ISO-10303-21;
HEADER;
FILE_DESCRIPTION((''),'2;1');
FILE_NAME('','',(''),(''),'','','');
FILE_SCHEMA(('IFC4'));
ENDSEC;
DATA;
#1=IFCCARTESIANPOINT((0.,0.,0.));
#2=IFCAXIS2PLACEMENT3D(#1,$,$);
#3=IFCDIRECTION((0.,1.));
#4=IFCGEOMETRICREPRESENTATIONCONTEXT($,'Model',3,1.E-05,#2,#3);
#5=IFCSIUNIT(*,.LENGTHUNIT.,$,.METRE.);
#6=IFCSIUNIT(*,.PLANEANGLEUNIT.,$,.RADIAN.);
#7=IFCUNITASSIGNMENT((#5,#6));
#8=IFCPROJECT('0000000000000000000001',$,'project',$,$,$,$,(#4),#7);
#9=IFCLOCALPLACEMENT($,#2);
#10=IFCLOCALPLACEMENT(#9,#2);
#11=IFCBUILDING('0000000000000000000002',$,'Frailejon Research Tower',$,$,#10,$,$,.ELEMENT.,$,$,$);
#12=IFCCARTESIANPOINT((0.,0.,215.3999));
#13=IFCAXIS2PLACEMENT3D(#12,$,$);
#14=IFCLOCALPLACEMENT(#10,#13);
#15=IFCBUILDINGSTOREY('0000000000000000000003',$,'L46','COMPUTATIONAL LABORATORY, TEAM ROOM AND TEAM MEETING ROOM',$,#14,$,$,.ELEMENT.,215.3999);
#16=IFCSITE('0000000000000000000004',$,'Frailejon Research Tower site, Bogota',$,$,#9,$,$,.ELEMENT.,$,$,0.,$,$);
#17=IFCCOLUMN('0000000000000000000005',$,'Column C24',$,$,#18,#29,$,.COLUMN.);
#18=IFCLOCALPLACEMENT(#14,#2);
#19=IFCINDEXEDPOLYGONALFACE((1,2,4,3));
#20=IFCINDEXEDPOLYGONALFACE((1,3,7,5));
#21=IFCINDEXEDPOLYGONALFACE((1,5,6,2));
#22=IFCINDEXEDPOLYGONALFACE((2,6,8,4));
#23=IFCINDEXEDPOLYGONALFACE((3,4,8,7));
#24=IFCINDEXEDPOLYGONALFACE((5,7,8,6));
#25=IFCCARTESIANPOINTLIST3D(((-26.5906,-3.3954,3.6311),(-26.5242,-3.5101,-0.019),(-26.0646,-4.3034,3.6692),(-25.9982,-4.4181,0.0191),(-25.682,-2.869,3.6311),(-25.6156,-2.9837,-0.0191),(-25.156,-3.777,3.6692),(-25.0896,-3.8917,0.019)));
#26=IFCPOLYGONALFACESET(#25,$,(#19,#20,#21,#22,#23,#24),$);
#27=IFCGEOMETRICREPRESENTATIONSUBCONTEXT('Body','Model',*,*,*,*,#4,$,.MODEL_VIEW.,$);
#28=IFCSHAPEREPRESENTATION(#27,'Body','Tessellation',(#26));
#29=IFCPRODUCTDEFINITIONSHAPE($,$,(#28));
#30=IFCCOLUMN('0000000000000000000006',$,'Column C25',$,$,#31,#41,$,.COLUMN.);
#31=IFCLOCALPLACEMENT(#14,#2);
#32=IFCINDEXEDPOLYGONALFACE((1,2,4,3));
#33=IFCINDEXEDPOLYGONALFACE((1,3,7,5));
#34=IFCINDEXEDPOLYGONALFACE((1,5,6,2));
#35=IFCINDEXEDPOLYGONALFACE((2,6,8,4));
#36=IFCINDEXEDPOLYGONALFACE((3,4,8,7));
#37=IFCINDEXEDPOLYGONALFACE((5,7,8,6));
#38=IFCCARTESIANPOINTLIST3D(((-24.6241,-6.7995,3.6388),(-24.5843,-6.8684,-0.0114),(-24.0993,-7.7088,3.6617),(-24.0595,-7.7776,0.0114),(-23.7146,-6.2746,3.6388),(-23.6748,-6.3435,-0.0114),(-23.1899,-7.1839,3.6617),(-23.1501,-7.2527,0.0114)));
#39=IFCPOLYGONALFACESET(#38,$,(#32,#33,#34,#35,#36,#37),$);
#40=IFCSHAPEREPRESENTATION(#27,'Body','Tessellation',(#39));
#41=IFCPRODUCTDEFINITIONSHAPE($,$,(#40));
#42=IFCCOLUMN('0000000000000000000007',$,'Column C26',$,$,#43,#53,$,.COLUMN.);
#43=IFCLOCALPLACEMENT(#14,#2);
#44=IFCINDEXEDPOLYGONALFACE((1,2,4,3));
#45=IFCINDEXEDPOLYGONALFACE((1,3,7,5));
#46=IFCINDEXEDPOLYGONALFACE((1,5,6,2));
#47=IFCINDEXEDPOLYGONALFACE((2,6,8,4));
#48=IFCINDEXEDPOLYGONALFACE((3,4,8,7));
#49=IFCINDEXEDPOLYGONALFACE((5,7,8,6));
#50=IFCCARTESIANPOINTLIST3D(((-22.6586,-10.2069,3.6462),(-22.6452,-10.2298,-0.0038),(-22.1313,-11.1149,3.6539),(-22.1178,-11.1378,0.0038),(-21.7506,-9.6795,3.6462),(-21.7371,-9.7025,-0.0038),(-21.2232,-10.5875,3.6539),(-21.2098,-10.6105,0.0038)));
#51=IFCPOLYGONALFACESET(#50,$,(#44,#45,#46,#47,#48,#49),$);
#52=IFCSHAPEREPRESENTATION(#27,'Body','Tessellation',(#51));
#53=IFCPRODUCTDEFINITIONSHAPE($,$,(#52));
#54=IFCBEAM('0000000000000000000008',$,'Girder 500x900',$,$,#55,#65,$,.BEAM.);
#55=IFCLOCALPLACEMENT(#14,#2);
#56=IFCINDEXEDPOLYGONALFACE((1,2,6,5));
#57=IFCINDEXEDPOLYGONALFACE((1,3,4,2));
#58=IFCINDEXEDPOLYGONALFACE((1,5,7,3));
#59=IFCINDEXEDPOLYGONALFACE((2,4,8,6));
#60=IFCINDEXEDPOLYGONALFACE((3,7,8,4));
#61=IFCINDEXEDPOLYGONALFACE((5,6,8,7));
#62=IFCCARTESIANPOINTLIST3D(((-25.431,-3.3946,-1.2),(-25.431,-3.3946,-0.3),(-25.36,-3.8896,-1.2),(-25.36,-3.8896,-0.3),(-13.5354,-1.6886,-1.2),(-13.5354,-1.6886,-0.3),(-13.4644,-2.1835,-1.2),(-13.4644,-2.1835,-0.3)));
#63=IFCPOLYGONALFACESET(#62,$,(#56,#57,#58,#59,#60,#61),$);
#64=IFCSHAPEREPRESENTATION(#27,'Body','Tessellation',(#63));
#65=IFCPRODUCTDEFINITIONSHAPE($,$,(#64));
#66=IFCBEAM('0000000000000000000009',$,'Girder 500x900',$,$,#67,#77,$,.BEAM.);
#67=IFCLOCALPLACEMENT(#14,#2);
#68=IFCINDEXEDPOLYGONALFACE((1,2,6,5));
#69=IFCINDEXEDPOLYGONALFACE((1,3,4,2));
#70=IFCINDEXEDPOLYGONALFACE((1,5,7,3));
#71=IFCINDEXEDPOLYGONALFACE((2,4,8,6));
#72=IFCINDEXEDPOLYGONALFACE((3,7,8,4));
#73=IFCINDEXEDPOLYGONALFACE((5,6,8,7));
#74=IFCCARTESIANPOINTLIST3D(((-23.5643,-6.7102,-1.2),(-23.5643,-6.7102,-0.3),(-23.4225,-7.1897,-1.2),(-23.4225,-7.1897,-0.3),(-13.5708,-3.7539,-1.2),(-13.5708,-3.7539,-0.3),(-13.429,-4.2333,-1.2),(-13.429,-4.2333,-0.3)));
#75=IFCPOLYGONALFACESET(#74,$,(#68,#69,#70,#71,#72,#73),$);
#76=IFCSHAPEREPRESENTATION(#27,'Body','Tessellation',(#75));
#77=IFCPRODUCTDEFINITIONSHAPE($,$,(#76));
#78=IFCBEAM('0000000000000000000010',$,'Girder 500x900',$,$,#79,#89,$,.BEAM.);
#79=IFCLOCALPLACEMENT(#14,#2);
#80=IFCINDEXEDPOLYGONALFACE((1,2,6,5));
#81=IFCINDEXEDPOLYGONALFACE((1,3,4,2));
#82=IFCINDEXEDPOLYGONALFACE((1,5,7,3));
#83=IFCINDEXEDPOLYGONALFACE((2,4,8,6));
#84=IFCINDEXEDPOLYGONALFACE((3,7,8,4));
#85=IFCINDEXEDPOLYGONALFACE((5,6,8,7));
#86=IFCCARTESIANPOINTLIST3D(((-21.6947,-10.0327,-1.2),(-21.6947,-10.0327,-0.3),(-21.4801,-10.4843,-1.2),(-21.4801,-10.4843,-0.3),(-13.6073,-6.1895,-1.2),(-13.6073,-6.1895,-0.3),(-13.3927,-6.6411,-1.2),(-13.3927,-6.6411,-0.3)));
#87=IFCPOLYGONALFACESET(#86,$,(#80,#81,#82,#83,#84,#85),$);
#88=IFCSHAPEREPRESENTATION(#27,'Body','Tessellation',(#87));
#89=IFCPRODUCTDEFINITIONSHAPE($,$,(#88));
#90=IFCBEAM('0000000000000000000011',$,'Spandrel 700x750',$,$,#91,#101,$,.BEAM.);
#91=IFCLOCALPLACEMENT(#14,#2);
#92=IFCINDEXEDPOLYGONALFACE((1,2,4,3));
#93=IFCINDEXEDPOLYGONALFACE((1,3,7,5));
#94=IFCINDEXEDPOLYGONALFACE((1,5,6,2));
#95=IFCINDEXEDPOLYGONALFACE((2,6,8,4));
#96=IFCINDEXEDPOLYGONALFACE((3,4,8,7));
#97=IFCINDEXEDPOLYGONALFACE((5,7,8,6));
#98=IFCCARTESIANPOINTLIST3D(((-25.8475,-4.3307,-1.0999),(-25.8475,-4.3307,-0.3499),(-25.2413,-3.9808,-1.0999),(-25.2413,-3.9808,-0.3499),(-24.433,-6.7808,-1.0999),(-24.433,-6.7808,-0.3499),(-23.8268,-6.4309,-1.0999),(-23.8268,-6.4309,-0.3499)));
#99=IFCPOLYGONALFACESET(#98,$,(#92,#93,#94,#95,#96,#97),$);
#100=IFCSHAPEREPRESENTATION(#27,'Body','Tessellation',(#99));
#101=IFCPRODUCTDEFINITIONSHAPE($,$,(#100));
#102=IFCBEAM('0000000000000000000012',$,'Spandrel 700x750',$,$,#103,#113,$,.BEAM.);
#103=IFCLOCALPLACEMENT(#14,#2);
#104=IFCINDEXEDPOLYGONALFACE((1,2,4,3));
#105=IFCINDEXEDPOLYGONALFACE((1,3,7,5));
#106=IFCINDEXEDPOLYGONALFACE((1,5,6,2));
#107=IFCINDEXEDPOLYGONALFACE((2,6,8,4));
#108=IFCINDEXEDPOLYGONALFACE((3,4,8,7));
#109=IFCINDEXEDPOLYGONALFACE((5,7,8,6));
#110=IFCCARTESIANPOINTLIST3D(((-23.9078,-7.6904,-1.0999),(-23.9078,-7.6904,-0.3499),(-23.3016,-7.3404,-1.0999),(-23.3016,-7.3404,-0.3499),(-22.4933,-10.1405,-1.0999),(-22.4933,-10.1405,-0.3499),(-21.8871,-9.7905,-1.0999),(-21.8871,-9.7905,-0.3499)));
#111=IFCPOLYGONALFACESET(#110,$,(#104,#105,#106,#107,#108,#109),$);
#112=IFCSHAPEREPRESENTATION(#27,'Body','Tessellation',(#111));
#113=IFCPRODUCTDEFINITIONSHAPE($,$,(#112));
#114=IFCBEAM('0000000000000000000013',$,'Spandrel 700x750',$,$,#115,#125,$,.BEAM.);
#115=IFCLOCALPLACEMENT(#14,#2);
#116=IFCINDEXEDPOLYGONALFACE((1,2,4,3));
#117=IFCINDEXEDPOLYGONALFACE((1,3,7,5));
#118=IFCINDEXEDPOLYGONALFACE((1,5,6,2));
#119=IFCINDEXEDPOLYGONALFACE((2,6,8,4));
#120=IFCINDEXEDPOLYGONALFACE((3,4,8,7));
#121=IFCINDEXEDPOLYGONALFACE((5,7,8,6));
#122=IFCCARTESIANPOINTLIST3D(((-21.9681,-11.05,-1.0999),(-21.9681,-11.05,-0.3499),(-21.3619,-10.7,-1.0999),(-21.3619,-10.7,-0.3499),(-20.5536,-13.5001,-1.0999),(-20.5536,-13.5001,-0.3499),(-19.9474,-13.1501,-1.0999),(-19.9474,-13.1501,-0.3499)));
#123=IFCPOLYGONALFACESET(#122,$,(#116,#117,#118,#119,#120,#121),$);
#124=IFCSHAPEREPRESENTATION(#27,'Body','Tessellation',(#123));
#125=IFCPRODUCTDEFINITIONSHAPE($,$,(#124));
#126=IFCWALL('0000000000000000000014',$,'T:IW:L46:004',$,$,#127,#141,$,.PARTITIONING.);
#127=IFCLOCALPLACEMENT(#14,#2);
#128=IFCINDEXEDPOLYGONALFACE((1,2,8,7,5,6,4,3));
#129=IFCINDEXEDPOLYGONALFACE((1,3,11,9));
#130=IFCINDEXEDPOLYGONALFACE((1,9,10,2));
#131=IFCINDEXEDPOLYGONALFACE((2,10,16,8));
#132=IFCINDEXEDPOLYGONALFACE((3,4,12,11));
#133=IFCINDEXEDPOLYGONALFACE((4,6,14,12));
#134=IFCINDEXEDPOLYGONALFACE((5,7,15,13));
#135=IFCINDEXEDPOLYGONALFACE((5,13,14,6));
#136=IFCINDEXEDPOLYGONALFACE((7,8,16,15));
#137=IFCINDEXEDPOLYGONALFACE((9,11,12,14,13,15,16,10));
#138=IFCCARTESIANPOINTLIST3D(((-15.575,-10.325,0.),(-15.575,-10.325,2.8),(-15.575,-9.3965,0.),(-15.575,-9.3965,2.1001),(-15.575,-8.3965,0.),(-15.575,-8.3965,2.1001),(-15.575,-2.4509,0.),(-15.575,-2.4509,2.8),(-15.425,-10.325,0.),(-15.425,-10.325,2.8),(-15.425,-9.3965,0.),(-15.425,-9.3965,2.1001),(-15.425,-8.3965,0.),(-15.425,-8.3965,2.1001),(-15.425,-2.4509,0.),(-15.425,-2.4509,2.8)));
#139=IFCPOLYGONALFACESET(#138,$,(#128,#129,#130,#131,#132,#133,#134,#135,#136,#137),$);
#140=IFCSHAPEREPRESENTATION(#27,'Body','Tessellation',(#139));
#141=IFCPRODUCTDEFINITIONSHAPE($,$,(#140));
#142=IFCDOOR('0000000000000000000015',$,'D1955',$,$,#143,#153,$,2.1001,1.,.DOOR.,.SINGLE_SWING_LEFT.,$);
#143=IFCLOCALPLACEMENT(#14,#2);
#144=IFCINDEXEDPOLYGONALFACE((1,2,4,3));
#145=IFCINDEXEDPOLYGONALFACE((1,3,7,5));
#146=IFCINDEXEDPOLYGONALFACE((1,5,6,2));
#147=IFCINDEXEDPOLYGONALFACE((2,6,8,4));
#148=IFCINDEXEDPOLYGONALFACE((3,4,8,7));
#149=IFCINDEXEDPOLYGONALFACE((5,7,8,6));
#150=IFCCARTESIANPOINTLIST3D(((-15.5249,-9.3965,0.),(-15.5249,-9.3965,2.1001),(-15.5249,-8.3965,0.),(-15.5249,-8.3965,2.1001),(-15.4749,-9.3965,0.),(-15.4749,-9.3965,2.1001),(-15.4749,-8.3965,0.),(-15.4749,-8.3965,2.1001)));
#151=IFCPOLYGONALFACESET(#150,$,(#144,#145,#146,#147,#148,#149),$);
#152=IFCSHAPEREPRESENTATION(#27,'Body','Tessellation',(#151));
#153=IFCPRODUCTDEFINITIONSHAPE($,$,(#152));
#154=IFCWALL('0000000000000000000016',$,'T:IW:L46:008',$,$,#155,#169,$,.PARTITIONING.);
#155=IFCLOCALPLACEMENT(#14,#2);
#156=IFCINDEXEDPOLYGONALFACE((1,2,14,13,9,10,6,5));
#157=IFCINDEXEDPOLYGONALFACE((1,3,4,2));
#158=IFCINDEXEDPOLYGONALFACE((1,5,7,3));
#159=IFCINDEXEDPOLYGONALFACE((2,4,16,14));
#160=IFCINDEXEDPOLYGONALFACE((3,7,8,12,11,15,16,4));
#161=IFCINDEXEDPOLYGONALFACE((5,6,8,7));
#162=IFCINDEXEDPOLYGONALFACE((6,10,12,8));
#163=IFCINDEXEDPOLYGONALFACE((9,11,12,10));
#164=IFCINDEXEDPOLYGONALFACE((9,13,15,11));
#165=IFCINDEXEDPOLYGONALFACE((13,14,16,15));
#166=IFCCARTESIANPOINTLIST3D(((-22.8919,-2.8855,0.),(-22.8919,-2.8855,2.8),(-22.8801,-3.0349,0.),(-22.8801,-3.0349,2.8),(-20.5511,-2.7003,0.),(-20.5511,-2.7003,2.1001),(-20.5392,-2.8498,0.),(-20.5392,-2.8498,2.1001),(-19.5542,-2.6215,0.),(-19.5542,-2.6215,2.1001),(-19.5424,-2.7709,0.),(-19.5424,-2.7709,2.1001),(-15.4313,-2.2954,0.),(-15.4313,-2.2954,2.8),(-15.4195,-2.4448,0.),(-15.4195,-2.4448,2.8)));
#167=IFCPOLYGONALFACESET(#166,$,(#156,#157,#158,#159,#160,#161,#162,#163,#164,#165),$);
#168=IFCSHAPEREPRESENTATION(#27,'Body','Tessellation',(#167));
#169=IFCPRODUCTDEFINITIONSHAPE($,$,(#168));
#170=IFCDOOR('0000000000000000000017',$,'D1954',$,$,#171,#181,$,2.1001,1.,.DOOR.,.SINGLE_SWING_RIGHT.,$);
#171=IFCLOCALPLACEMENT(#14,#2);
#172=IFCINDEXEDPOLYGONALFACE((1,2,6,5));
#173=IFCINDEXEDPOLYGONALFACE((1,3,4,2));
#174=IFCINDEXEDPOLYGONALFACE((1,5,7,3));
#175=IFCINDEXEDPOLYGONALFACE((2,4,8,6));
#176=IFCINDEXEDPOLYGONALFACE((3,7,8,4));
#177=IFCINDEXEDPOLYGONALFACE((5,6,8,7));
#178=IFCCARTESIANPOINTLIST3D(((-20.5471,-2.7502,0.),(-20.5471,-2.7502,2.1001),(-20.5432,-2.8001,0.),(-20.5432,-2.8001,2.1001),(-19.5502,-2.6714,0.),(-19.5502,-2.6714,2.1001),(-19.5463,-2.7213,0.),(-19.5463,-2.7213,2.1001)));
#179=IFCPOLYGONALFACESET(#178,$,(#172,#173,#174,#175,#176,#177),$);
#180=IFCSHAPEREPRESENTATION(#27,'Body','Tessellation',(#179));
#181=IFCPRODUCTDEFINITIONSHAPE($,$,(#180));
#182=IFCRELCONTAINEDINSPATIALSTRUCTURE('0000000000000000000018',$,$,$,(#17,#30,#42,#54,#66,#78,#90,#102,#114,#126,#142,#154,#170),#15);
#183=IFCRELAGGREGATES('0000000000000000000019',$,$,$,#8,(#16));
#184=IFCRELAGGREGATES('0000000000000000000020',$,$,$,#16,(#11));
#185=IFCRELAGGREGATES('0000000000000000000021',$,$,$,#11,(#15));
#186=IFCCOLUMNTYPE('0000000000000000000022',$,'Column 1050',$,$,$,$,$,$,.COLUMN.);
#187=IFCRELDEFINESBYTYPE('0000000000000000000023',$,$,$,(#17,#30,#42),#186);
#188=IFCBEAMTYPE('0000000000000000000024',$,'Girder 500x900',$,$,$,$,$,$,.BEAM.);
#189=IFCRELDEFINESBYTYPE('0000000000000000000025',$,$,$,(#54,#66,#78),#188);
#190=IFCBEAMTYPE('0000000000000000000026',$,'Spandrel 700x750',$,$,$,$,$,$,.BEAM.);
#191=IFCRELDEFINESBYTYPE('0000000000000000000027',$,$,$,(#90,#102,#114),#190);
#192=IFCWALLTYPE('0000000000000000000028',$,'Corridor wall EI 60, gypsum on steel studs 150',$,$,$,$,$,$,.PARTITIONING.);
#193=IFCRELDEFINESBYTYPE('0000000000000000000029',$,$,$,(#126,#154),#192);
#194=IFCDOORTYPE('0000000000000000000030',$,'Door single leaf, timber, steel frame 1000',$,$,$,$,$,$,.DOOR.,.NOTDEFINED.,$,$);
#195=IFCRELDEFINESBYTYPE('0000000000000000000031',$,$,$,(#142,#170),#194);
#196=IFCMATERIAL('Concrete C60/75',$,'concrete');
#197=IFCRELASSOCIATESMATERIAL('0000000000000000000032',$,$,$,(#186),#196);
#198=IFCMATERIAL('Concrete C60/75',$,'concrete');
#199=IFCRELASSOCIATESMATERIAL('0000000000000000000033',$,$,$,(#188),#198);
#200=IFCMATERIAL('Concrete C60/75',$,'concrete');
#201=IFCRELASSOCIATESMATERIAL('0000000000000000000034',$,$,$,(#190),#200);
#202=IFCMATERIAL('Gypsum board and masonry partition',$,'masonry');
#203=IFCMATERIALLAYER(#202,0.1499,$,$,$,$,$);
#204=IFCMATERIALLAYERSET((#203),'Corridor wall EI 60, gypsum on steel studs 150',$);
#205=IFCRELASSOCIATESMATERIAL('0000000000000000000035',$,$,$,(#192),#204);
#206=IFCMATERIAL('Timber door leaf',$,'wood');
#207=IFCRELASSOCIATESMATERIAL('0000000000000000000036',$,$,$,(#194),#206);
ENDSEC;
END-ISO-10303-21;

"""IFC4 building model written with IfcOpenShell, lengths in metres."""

from ifc_helpers import new_model, si_unit, direction, frame, frame_2d, origin, origin_2d, place, context, subcontext, project, spatial, rectangle, extrude, material, layer, layer_set, material_profile, profile_set, type_object, element, fill, save


model = new_model("IFC4")

# Units and contexts
model_context = context("Model", 3, precision=1e-05, world=origin(), true_north=direction((0.0, 1.0)))
body_context = subcontext(model_context, "Body", "Model", "MODEL_VIEW")
ifc_project = project(units=[si_unit("LENGTHUNIT", "METRE"), si_unit("PLANEANGLEUNIT", "RADIAN")], contexts=[model_context])

# Site, building, storey
site_placement = place(None, origin())
site = spatial("IfcSite", under=ifc_project, at=site_placement, Name="Frailejon Research Tower site, Bogota", CompositionType="ELEMENT", RefElevation=0.0)
building_placement = place(site_placement, origin())
building = spatial("IfcBuilding", under=site, at=building_placement, Name="Frailejon Research Tower", CompositionType="ELEMENT")
storey_placement = place(building_placement, frame((0.0, 0.0, 215.3999)))
storey = spatial("IfcBuildingStorey", under=building, at=storey_placement, Name="L46", Description="COMPUTATIONAL LABORATORY, TEAM ROOM AND TEAM MEETING ROOM", CompositionType="ELEMENT", Elevation=215.3999)

# Columns
ifc_material_1 = material(Name="Concrete C60/75", Category="concrete")
ifc_material_profile_1 = material_profile(ifc_material_1, rectangle(XDim=1.05, YDim=1.05, at=origin_2d()), Name="Column 1050")
ifc_profile_set_1 = profile_set([ifc_material_profile_1], Name="Concrete C60/75")
column_type = type_object("IfcColumnType", Name="Column 1050", PredefinedType="COLUMN", material=ifc_profile_set_1)
column_1_placement = place(storey_placement, frame((-25.8069, -3.7009, 0.0), z_axis=(-0.018181, 0.031415, 0.999341), x_axis=(0.500939, -0.864721, 0.036297)))
element("IfcColumn", 1, at=column_1_placement, inside=storey, type_object=column_type, Name="Column C24", PredefinedType="COLUMN", context=body_context, shape_type="SweptSolid", body=[
    extrude(rectangle(XDim=1.05, YDim=1.05, at=origin_2d()), origin(), (0.0, 0.0, 1.0), 3.6526),
])
column_2_placement = place(storey_placement, frame((-23.8672, -7.0605, 0.0), z_axis=(-0.0109, 0.018857, 0.999763), x_axis=(0.499729, -0.865908, 0.021781)))
element("IfcColumn", 2, at=column_2_placement, inside=storey, type_object=column_type, Name="Column C25", PredefinedType="COLUMN", context=body_context, shape_type="SweptSolid", body=[
    extrude(rectangle(XDim=1.05, YDim=1.05, at=origin_2d()), origin(), (0.0, 0.0, 1.0), 3.6511),
])
column_3_placement = place(storey_placement, frame((-21.9275, -10.4202, 0.0), z_axis=(-0.003679, 0.006287, 0.999973), x_axis=(0.502203, -0.864719, 0.007284)))
element("IfcColumn", 3, at=column_3_placement, inside=storey, type_object=column_type, Name="Column C26", PredefinedType="COLUMN", context=body_context, shape_type="SweptSolid", body=[
    extrude(rectangle(XDim=1.05, YDim=1.05, at=origin_2d()), origin(), (0.0, 0.0, 1.0), 3.6501),
])

# Beams
ifc_material_2 = material(Name="Concrete C60/75", Category="concrete")
ifc_material_profile_2 = material_profile(ifc_material_2, rectangle(XDim=0.5, YDim=0.8999, at=origin_2d()), Name="Girder 500x900")
ifc_profile_set_2 = profile_set([ifc_material_profile_2], Name="Concrete C60/75")
beam_type_1 = type_object("IfcBeamType", Name="Girder 500x900", PredefinedType="BEAM", material=ifc_profile_set_2)
beam_1_placement = place(storey_placement, frame((-25.3955, -3.6421, -0.75), z_axis=(0.989871, 0.141967, 0.0), x_axis=(-0.141967, 0.989871, 0.0)))
element("IfcBeam", 4, at=beam_1_placement, inside=storey, type_object=beam_type_1, Name="Girder 500x900", PredefinedType="BEAM", context=body_context, shape_type="SweptSolid", body=[
    extrude(rectangle(XDim=0.5, YDim=0.8999, at=origin_2d()), origin(), (0.0, 0.0, 1.0), 12.0173),
])
beam_2_placement = place(storey_placement, frame((-23.4934, -6.95, -0.75), z_axis=(0.958921, 0.283673, 0.0), x_axis=(-0.283673, 0.958921, 0.0)))
element("IfcBeam", 5, at=beam_2_placement, inside=storey, type_object=beam_type_1, Name="Girder 500x900", PredefinedType="BEAM", context=body_context, shape_type="SweptSolid", body=[
    extrude(rectangle(XDim=0.5, YDim=0.8999, at=origin_2d()), origin(), (0.0, 0.0, 1.0), 10.4216),
])
beam_3_placement = place(storey_placement, frame((-21.5874, -10.2585, -0.75), z_axis=(0.903202, 0.429216, 0.0), x_axis=(-0.429216, 0.903202, 0.0)))
element("IfcBeam", 6, at=beam_3_placement, inside=storey, type_object=beam_type_1, Name="Girder 500x900", PredefinedType="BEAM", context=body_context, shape_type="SweptSolid", body=[
    extrude(rectangle(XDim=0.5, YDim=0.8999, at=origin_2d()), origin(), (0.0, 0.0, 1.0), 8.9541),
])
ifc_material_3 = material(Name="Concrete C60/75", Category="concrete")
ifc_material_profile_3 = material_profile(ifc_material_3, rectangle(XDim=0.7, YDim=0.75, at=origin_2d()), Name="Spandrel 700x750")
ifc_profile_set_3 = profile_set([ifc_material_profile_3], Name="Concrete C60/75")
beam_type_2 = type_object("IfcBeamType", Name="Spandrel 700x750", PredefinedType="BEAM", material=ifc_profile_set_3)
for number, where, z_axis, x_axis, name in (
    (7, (-25.5444, -4.1558, -0.7249), (0.499981, -0.866036, 0.0), (0.866036, 0.499981, 0.0), "Spandrel 700x750"),
    (8, (-23.6047, -7.5154, -0.7249), (0.499981, -0.866036, 0.0), (0.866036, 0.499981, 0.0), "Spandrel 700x750"),
    (9, (-21.665, -10.875, -0.7249), (0.499981, -0.866036, 0.0), (0.866036, 0.499981, 0.0), "Spandrel 700x750"),
):
    element("IfcBeam", number, at=place(storey_placement, frame(where, z_axis=z_axis, x_axis=x_axis)), inside=storey, type_object=beam_type_2, Name=name, PredefinedType="BEAM", context=body_context, shape_type="SweptSolid", body=[
        extrude(rectangle(XDim=0.7, YDim=0.75, at=origin_2d()), origin(), (0.0, 0.0, 1.0), 2.8291),
    ])

# Walls, openings, doors
ifc_material_4 = material(Name="Gypsum board and masonry partition", Category="masonry")
ifc_layer_1 = layer(ifc_material_4, 0.1499)
ifc_layer_set_1 = layer_set([ifc_layer_1], Name="Corridor wall EI 60, gypsum on steel studs 150")
wall_type_1 = type_object("IfcWallType", Name="Corridor wall EI 60, gypsum on steel studs 150", PredefinedType="PARTITIONING", material=ifc_layer_set_1)
wall_1_placement = place(storey_placement, frame((-15.5, -10.325, 0.0), z_axis=(0.0, 0.0, 1.0), x_axis=(0.0, 1.0, 0.0)))
wall_1 = element("IfcWall", 10, at=wall_1_placement, inside=storey, type_object=wall_type_1, Name="T:IW:L46:004", PredefinedType="PARTITIONING", context=body_context, shape_type="SweptSolid", body=[
    extrude(rectangle(XDim=7.874, YDim=0.1499, at=frame_2d((3.937, 0.0))), origin(), (0.0, 0.0, 1.0), 2.8),
])
opening_1_placement = place(wall_1_placement, frame((0.9285, 0.0, 0.0)))
opening_1 = element("IfcOpeningElement", 11, at=opening_1_placement, cuts=wall_1, PredefinedType="OPENING", context=body_context, shape_type="SweptSolid", body=[
    extrude(rectangle(XDim=1.0, YDim=2.1001, at=frame_2d((0.5, 1.05))), frame((0.0, 0.085, 0.0), z_axis=(0.0, -1.0, 0.0), x_axis=(1.0, 0.0, 0.0)), (0.0, 0.0, 1.0), 0.1699),
])
ifc_material_5 = material(Name="Timber door leaf", Category="wood")
door_type_1 = type_object("IfcDoorType", Name="Door single leaf, timber, steel frame 1000", OperationType="NOTDEFINED", PredefinedType="DOOR", material=ifc_material_5)
door_1_placement = place(opening_1_placement, origin())
door_1 = element("IfcDoor", 12, at=door_1_placement, inside=storey, type_object=door_type_1, Name="D1955", OperationType="SINGLE_SWING_LEFT", OverallHeight=2.1001, OverallWidth=1.0, PredefinedType="DOOR", context=body_context, shape_type="SweptSolid", body=[
    extrude(rectangle(XDim=1.0, YDim=2.1001, at=frame_2d((0.5, 1.05))), frame((0.0, 0.0249, 0.0), z_axis=(0.0, -1.0, 0.0), x_axis=(1.0, 0.0, 0.0)), (0.0, 0.0, 1.0), 0.05),
])
fill(opening_1, door_1)
wall_2_placement = place(storey_placement, frame((-22.886, -2.9602, 0.0), z_axis=(0.0, 0.0, 1.0), x_axis=(0.996887, 0.078847, 0.0)))
wall_2 = element("IfcWall", 13, at=wall_2_placement, inside=storey, type_object=wall_type_1, Name="T:IW:L46:008", PredefinedType="PARTITIONING", context=body_context, shape_type="SweptSolid", body=[
    extrude(rectangle(XDim=7.4839, YDim=0.1499, at=frame_2d((3.7419, 0.0))), origin(), (0.0, 0.0, 1.0), 2.8),
])
opening_2_placement = place(wall_2_placement, frame((2.3481, 0.0, 0.0)))
opening_2 = element("IfcOpeningElement", 14, at=opening_2_placement, cuts=wall_2, PredefinedType="OPENING", context=body_context, shape_type="SweptSolid", body=[
    extrude(rectangle(XDim=1.0, YDim=2.1001, at=frame_2d((0.5, 1.05))), frame((0.0, 0.085, 0.0), z_axis=(0.0, -1.0, 0.0), x_axis=(1.0, 0.0, 0.0)), (0.0, 0.0, 1.0), 0.1699),
])
door_2_placement = place(opening_2_placement, origin())
door_2 = element("IfcDoor", 15, at=door_2_placement, inside=storey, type_object=door_type_1, Name="D1954", OperationType="SINGLE_SWING_RIGHT", OverallHeight=2.1001, OverallWidth=1.0, PredefinedType="DOOR", context=body_context, shape_type="SweptSolid", body=[
    extrude(rectangle(XDim=1.0, YDim=2.1001, at=frame_2d((0.5, 1.05))), frame((0.0, 0.0249, 0.0), z_axis=(0.0, -1.0, 0.0), x_axis=(1.0, 0.0, 0.0)), (0.0, 0.0, 1.0), 0.05),
])
fill(opening_2, door_2)

save(model, "model.ifc")
